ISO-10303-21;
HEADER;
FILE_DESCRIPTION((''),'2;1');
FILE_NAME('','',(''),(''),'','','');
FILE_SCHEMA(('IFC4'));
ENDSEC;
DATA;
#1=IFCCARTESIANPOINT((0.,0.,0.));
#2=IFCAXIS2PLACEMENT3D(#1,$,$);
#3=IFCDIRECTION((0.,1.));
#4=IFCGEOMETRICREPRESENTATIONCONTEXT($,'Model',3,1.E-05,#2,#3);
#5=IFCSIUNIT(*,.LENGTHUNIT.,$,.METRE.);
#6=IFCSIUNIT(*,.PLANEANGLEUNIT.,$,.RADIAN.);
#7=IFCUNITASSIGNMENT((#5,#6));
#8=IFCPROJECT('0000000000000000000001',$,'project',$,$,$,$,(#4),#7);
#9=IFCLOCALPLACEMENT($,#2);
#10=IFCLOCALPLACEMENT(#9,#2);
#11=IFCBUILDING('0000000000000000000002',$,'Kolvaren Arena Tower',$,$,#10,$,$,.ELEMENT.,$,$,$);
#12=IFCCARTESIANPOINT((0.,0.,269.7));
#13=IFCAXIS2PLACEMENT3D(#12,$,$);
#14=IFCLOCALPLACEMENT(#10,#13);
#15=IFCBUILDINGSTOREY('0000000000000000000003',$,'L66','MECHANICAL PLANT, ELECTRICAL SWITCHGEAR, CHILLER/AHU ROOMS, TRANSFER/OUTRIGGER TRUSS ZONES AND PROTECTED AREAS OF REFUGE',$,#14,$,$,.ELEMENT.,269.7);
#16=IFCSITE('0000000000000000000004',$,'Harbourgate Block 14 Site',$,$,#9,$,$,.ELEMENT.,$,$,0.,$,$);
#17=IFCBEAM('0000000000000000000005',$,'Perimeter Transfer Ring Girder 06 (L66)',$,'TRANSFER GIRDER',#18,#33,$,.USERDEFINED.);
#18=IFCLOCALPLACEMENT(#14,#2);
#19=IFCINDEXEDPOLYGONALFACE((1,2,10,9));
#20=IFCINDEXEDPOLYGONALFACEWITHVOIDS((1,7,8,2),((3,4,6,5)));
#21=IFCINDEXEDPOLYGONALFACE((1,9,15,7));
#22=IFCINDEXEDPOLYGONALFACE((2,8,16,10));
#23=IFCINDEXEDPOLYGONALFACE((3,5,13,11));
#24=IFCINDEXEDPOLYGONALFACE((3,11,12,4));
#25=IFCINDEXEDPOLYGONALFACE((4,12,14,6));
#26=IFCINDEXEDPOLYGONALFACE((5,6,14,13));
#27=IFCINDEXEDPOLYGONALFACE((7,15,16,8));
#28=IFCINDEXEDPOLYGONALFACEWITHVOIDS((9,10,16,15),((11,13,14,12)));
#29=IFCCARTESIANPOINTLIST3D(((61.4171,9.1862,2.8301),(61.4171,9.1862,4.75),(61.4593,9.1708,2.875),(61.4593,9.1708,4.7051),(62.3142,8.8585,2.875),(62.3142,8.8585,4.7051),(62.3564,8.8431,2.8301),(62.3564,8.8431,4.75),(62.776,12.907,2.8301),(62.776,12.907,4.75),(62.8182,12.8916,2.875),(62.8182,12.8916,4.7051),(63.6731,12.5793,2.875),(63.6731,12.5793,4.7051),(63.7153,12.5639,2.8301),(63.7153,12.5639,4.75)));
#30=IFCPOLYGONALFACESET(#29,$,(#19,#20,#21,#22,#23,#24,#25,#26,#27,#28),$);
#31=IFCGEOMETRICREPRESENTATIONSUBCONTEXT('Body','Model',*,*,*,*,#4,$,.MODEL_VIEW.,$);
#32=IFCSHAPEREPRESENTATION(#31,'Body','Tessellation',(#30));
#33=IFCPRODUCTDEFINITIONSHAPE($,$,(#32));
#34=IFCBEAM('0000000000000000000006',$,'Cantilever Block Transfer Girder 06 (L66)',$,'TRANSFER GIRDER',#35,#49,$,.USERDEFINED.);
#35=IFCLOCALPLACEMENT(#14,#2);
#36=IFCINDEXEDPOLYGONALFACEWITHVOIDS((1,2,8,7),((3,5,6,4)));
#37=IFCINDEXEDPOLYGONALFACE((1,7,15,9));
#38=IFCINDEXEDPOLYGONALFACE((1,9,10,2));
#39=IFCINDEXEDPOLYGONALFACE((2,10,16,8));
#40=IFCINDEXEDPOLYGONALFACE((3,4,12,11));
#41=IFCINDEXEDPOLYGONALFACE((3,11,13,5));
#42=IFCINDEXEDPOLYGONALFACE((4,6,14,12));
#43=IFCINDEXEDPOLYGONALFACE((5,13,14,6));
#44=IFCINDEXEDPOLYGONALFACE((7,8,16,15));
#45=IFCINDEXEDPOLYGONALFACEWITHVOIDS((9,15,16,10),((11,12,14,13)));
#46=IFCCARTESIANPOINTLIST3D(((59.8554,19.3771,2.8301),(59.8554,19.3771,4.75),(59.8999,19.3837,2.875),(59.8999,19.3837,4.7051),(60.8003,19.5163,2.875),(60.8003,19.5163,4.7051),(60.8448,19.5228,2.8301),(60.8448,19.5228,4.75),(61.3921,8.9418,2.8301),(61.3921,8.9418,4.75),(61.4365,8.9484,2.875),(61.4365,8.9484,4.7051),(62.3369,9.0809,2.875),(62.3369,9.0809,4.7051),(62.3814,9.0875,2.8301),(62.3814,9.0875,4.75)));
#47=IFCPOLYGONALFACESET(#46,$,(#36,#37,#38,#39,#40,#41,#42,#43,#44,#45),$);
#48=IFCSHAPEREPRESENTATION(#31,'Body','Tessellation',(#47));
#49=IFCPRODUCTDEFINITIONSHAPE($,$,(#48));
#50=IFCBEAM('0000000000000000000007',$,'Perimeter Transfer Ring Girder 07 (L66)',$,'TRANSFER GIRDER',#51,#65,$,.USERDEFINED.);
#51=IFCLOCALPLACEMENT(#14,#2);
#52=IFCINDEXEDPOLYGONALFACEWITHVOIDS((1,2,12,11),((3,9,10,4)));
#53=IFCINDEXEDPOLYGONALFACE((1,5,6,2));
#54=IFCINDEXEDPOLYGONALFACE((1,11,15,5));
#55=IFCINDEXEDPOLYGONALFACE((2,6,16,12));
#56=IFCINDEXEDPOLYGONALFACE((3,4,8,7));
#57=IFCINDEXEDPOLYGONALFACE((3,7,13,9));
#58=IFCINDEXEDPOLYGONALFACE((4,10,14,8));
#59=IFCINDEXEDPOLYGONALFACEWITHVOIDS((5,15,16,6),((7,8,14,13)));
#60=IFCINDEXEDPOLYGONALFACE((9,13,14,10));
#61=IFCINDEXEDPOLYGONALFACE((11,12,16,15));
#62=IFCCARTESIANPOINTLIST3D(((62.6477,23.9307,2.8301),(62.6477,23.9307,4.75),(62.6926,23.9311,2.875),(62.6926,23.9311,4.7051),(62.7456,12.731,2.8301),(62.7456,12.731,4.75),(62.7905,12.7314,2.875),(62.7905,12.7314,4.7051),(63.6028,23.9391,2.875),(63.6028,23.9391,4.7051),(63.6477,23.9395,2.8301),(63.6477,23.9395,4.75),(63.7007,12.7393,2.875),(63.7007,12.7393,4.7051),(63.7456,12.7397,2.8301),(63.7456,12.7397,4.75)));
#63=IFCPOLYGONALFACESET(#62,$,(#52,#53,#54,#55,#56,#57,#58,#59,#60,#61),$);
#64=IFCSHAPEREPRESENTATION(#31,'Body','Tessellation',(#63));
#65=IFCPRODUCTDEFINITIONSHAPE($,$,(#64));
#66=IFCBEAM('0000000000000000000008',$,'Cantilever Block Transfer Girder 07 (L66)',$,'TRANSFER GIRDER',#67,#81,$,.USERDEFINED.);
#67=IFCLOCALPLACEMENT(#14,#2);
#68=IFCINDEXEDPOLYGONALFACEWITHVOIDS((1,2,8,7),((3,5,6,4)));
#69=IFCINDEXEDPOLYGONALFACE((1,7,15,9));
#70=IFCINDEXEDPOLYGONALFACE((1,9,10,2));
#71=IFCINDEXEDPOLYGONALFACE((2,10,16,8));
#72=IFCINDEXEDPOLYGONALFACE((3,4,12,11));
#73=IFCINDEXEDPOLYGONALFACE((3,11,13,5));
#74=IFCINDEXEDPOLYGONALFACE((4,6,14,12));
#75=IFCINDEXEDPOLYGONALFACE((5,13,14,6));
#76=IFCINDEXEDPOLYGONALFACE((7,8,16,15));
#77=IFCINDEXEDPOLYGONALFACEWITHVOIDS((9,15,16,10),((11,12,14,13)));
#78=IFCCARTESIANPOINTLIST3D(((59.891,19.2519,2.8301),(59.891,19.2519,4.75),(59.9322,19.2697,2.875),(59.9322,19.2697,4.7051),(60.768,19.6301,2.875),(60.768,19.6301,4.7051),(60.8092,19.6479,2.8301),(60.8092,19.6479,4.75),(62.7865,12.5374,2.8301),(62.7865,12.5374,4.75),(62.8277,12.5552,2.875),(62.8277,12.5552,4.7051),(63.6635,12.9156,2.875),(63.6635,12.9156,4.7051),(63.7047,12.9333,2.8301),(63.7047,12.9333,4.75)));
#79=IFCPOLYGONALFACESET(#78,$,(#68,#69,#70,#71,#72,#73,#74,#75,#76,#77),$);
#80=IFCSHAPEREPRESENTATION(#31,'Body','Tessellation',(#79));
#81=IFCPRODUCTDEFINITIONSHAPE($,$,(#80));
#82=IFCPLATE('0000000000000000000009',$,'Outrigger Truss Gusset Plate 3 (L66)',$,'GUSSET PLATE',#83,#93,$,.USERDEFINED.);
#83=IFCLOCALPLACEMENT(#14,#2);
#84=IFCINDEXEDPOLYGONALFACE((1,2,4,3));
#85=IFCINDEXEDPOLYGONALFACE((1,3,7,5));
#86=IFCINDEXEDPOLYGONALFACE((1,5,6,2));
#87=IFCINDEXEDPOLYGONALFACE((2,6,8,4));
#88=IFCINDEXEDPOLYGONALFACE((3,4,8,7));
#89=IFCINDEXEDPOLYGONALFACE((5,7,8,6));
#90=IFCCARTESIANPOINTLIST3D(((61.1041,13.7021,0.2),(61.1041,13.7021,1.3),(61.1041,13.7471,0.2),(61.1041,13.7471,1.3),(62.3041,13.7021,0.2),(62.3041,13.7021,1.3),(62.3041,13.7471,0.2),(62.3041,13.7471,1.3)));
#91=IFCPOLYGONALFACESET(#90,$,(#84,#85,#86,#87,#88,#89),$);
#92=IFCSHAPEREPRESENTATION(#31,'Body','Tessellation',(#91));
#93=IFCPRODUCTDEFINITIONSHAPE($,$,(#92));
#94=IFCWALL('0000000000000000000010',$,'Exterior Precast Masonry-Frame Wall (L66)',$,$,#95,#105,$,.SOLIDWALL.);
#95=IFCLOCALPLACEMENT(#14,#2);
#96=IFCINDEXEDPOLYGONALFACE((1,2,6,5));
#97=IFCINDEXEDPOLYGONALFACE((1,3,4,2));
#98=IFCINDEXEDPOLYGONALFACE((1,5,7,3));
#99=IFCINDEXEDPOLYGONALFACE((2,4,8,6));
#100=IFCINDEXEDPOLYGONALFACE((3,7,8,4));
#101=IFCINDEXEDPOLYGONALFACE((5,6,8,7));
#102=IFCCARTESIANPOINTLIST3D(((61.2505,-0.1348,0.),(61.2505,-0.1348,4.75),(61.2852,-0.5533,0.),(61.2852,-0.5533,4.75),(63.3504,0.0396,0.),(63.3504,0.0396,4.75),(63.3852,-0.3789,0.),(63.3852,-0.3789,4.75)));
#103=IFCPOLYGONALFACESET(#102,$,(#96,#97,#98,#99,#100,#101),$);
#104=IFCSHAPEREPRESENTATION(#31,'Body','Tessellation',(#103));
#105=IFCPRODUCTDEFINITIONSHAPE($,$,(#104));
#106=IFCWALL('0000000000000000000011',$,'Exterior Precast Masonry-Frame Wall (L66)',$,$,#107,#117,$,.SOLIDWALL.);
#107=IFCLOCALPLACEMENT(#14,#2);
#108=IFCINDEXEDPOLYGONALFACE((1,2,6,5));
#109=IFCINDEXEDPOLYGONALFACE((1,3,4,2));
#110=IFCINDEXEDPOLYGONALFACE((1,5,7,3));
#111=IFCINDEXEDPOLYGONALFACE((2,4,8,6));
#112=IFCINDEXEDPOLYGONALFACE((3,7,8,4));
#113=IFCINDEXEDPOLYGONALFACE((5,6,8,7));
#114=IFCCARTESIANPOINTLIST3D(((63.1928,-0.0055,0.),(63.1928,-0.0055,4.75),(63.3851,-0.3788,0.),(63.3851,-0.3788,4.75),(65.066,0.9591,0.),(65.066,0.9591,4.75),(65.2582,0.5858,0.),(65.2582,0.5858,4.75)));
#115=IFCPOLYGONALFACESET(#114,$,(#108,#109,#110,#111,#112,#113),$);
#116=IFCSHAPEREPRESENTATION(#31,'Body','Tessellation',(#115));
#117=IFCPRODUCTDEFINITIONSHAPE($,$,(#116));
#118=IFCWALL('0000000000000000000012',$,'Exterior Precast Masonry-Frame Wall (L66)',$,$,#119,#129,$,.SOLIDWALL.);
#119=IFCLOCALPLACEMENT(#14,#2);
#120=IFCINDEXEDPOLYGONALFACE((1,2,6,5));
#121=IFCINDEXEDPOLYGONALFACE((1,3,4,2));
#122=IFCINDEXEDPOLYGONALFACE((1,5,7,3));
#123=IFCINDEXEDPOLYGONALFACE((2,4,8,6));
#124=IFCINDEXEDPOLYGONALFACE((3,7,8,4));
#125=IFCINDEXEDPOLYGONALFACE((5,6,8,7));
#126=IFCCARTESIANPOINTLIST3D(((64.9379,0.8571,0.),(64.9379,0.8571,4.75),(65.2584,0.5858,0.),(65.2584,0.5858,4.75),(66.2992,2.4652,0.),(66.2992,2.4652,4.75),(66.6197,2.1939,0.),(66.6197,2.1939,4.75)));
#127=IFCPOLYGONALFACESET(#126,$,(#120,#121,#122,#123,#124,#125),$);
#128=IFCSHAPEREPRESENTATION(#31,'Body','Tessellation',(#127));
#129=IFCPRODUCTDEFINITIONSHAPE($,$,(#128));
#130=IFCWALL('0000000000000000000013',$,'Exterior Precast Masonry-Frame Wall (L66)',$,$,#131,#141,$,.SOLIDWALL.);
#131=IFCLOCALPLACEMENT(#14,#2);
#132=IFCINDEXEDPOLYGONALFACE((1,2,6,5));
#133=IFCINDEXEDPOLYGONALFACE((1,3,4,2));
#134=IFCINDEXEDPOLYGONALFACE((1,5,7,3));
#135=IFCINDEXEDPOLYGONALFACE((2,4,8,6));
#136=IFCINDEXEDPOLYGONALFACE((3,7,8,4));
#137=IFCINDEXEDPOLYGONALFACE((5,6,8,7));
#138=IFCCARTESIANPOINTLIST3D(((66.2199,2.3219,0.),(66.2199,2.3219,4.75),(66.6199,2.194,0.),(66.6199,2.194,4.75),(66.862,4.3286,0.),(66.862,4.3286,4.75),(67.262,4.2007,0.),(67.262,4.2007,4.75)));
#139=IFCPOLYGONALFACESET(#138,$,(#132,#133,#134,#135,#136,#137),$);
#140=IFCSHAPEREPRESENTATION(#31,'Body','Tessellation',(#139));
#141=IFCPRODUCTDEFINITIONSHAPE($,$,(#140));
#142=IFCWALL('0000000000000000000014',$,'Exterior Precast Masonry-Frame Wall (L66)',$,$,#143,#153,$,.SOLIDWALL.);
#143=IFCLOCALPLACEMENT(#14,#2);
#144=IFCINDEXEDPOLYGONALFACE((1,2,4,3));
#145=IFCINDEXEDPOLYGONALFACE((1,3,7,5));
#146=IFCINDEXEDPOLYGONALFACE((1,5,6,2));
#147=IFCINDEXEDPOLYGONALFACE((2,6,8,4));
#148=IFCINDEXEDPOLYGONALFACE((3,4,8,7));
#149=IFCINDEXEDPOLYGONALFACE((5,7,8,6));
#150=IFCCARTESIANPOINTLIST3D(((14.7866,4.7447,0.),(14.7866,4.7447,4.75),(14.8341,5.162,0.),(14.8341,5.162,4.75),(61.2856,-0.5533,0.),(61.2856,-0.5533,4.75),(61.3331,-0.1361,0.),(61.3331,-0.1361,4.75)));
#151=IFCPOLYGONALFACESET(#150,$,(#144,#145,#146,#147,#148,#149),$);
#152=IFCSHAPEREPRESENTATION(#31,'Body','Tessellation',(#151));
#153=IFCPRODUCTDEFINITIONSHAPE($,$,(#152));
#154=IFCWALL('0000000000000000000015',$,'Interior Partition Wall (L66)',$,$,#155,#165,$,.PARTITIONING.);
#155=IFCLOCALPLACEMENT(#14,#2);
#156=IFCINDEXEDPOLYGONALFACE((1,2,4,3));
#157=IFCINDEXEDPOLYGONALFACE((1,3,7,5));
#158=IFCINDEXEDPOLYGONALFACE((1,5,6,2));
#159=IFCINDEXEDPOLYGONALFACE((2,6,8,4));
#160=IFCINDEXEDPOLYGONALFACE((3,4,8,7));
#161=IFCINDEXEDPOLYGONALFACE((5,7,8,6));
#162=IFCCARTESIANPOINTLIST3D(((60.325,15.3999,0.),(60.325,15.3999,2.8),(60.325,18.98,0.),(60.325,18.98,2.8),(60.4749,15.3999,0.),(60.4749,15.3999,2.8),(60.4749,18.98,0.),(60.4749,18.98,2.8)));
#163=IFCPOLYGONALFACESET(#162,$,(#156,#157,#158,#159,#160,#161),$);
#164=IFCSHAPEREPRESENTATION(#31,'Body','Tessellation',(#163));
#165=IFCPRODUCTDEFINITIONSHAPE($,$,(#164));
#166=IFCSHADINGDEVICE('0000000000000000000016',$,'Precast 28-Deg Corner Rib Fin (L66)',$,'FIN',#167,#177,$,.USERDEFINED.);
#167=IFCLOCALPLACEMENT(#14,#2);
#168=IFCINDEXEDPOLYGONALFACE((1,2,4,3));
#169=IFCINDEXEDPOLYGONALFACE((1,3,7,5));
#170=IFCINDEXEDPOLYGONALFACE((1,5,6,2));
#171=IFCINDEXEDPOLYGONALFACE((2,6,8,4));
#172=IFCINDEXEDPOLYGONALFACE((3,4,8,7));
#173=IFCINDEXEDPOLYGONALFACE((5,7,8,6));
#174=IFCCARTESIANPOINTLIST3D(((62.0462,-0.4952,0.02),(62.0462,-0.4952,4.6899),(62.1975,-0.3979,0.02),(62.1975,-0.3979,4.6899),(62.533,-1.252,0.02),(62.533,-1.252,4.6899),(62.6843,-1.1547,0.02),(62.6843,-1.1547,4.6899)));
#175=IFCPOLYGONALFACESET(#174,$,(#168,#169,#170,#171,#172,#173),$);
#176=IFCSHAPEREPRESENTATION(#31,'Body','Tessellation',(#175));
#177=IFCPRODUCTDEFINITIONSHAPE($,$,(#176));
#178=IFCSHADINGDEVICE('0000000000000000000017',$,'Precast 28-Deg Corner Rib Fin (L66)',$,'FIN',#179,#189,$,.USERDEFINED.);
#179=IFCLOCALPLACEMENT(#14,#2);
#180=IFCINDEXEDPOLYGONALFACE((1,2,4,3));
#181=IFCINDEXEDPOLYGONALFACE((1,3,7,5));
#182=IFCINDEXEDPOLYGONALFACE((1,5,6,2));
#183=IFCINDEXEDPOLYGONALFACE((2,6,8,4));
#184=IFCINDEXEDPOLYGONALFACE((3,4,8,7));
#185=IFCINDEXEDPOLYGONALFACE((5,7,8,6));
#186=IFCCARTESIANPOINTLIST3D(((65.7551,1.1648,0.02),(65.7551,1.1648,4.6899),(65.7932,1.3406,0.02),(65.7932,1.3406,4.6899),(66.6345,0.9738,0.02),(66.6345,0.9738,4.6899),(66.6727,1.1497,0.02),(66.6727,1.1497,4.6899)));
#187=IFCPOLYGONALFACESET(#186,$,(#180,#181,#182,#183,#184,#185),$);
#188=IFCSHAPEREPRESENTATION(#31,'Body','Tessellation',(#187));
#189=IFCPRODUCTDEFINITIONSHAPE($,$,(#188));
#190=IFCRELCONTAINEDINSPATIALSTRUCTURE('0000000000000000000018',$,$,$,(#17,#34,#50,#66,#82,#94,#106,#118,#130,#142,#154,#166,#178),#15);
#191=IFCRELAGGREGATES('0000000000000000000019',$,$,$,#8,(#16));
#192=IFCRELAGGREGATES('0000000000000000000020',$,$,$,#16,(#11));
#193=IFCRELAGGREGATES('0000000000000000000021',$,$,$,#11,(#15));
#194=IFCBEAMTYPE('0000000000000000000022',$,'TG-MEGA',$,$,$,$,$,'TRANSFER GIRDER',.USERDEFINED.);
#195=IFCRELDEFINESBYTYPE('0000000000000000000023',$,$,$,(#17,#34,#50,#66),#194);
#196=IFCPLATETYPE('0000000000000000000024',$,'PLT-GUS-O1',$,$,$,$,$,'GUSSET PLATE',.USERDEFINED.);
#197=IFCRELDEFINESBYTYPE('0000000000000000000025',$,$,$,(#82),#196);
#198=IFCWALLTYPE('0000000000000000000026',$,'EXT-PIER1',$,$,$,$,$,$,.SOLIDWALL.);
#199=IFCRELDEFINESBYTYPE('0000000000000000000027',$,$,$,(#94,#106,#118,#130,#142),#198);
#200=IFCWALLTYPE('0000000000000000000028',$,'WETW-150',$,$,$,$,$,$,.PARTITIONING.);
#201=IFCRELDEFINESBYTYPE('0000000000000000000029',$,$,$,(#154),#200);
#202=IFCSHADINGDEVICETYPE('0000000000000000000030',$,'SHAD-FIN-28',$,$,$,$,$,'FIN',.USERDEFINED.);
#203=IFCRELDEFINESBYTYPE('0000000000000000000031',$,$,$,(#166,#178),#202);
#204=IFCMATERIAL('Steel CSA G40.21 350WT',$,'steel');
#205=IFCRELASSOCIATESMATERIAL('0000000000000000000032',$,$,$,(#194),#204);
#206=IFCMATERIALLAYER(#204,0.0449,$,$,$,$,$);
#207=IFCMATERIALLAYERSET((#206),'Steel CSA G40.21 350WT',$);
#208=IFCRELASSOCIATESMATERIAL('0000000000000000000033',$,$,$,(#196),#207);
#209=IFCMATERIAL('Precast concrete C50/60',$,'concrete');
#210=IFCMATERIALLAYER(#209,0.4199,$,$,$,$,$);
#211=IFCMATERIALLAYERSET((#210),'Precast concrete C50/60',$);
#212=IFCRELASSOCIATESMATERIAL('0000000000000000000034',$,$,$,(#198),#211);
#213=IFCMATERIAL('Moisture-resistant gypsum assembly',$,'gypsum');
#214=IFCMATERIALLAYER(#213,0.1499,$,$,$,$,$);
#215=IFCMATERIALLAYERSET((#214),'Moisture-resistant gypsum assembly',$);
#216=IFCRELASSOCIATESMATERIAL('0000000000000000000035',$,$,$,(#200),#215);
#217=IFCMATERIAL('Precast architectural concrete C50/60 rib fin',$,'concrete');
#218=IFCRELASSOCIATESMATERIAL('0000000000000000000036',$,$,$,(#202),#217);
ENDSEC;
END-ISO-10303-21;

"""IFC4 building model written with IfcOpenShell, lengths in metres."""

from ifc_helpers import new_model, si_unit, direction, frame, frame_2d, origin, origin_2d, place, context, subcontext, project, spatial, rectangle, hollow_rectangle, extrude, material, layer, layer_set, material_profile, profile_set, type_object, element, save


model = new_model("IFC4")

# Units and contexts
model_context = context("Model", 3, precision=1e-05, world=origin(), true_north=direction((0.0, 1.0)))
body_context = subcontext(model_context, "Body", "Model", "MODEL_VIEW")
ifc_project = project(units=[si_unit("LENGTHUNIT", "METRE"), si_unit("PLANEANGLEUNIT", "RADIAN")], contexts=[model_context])

# Site, building, storey
site_placement = place(None, origin())
site = spatial("IfcSite", under=ifc_project, at=site_placement, Name="Harbourgate Block 14 Site", CompositionType="ELEMENT", RefElevation=0.0)
building_placement = place(site_placement, origin())
building = spatial("IfcBuilding", under=site, at=building_placement, Name="Kolvaren Arena Tower", CompositionType="ELEMENT")
storey_placement = place(building_placement, frame((0.0, 0.0, 269.7)))
storey = spatial("IfcBuildingStorey", under=building, at=storey_placement, Name="L66", Description="MECHANICAL PLANT, ELECTRICAL SWITCHGEAR, CHILLER/AHU ROOMS, TRANSFER/OUTRIGGER TRUSS ZONES AND PROTECTED AREAS OF REFUGE", CompositionType="ELEMENT", Elevation=269.7)

# Shared definitions
ifc_material_1 = material(Name="Steel CSA G40.21 350WT", Category="steel")

# Beams
ifc_material_profile_1 = material_profile(ifc_material_1, hollow_rectangle(XDim=1.0, YDim=1.9199, WallThickness=0.0449, at=origin_2d()), Name="BOX 1000x1920x45")
ifc_profile_set_1 = profile_set([ifc_material_profile_1], Name="Steel CSA G40.21 350WT")
beam_type_1 = type_object("IfcBeamType", Name="TG-MEGA", ElementType="TRANSFER GIRDER", PredefinedType="USERDEFINED", material=ifc_profile_set_1)
beam_1_placement = place(storey_placement, frame((61.8867, 9.0146, 3.79), z_axis=(0.343059, 0.939314, 0.0), x_axis=(-0.939314, 0.343059, 0.0)))
element("IfcBeam", 1, at=beam_1_placement, inside=storey, type_object=beam_type_1, Name="Perimeter Transfer Ring Girder 06 (L66)", ObjectType="TRANSFER GIRDER", PredefinedType="USERDEFINED", context=body_context, shape_type="SweptSolid", body=[
    extrude(hollow_rectangle(XDim=1.0, YDim=1.9199, WallThickness=0.0449, at=origin_2d()), origin(), (0.0, 0.0, 1.0), 3.9612),
])
beam_2_placement = place(storey_placement, frame((61.8867, 9.0146, 3.79), z_axis=(-0.145681, 0.989332, 0.0), x_axis=(-0.989332, -0.145681, 0.0)))
element("IfcBeam", 2, at=beam_2_placement, inside=storey, type_object=beam_type_1, Name="Cantilever Block Transfer Girder 06 (L66)", ObjectType="TRANSFER GIRDER", PredefinedType="USERDEFINED", context=body_context, shape_type="SweptSolid", body=[
    extrude(hollow_rectangle(XDim=1.0, YDim=1.9199, WallThickness=0.0449, at=origin_2d()), origin(), (0.0, 0.0, 1.0), 10.5479),
])
beam_3_placement = place(storey_placement, frame((63.2456, 12.7354, 3.79), z_axis=(-0.008741, 0.999962, 0.0), x_axis=(-0.999962, -0.008741, 0.0)))
element("IfcBeam", 3, at=beam_3_placement, inside=storey, type_object=beam_type_1, Name="Perimeter Transfer Ring Girder 07 (L66)", ObjectType="TRANSFER GIRDER", PredefinedType="USERDEFINED", context=body_context, shape_type="SweptSolid", body=[
    extrude(hollow_rectangle(XDim=1.0, YDim=1.9199, WallThickness=0.0449, at=origin_2d()), origin(), (0.0, 0.0, 1.0), 11.2002),
])
beam_4_placement = place(storey_placement, frame((63.2456, 12.7354, 3.79), z_axis=(-0.395977, 0.91826, 0.0), x_axis=(-0.91826, -0.395977, 0.0)))
element("IfcBeam", 4, at=beam_4_placement, inside=storey, type_object=beam_type_1, Name="Cantilever Block Transfer Girder 07 (L66)", ObjectType="TRANSFER GIRDER", PredefinedType="USERDEFINED", context=body_context, shape_type="SweptSolid", body=[
    extrude(hollow_rectangle(XDim=1.0, YDim=1.9199, WallThickness=0.0449, at=origin_2d()), origin(), (0.0, 0.0, 1.0), 7.3123),
])

# Plate
ifc_layer_1 = layer(ifc_material_1, 0.0449)
ifc_layer_set_1 = layer_set([ifc_layer_1], Name="Steel CSA G40.21 350WT")
plate_type = type_object("IfcPlateType", Name="PLT-GUS-O1", ElementType="GUSSET PLATE", PredefinedType="USERDEFINED", material=ifc_layer_set_1)
plate_placement = place(storey_placement, frame((61.7041, 13.7246, 0.2), z_axis=(0.0, 0.0, 1.0), x_axis=(1.0, 0.0, 0.0)))
element("IfcPlate", 5, at=plate_placement, inside=storey, type_object=plate_type, Name="Outrigger Truss Gusset Plate 3 (L66)", ObjectType="GUSSET PLATE", PredefinedType="USERDEFINED", context=body_context, shape_type="SweptSolid", body=[
    extrude(rectangle(XDim=1.2, YDim=0.0449, at=origin_2d()), origin(), (0.0, 0.0, 1.0), 1.1001),
])

# Walls
ifc_material_2 = material(Name="Precast concrete C50/60", Category="concrete")
ifc_layer_2 = layer(ifc_material_2, 0.4199)
ifc_layer_set_2 = layer_set([ifc_layer_2], Name="Precast concrete C50/60")
wall_type_1 = type_object("IfcWallType", Name="EXT-PIER1", PredefinedType="SOLIDWALL", material=ifc_layer_set_2)
wall_1_placement = place(storey_placement, frame((63.3679, -0.1697, 0.0), z_axis=(0.0, 0.0, 1.0), x_axis=(-0.996572, -0.082729, 0.0)))
element("IfcWall", 6, at=wall_1_placement, inside=storey, type_object=wall_type_1, Name="Exterior Precast Masonry-Frame Wall (L66)", PredefinedType="SOLIDWALL", context=body_context, shape_type="SweptSolid", body=[
    extrude(rectangle(XDim=2.1072, YDim=0.4199, at=frame_2d((1.0537, 0.0))), origin(), (0.0, 0.0, 1.0), 4.75),
])
for number, where, z_axis, x_axis, name in (
    (7, (65.1621, 0.7725, 0.0), (0.0, 0.0, 1.0), (-0.889033, -0.457843, 0.0), "Exterior Precast Masonry-Frame Wall (L66)"),
    (8, (66.4595, 2.3296, 0.0), (0.0, 0.0, 1.0), (-0.646103, -0.76325, 0.0), "Exterior Precast Masonry-Frame Wall (L66)"),
    (9, (67.062, 4.2646, 0.0), (0.0, 0.0, 1.0), (-0.304767, -0.952427, 0.0), "Exterior Precast Masonry-Frame Wall (L66)"),
):
    element("IfcWall", number, at=place(storey_placement, frame(where, z_axis=z_axis, x_axis=x_axis)), inside=storey, type_object=wall_type_1, Name=name, PredefinedType="SOLIDWALL", context=body_context, shape_type="SweptSolid", body=[
        extrude(rectangle(XDim=2.1069, YDim=0.4199, at=frame_2d((1.0535, 0.0))), origin(), (0.0, 0.0, 1.0), 4.75),
    ])
wall_2_placement = place(storey_placement, frame((61.3093, -0.3447, 0.0), z_axis=(0.0, 0.0, 1.0), x_axis=(-0.993571, 0.113207, 0.0)))
element("IfcWall", 10, at=wall_2_placement, inside=storey, type_object=wall_type_1, Name="Exterior Precast Masonry-Frame Wall (L66)", PredefinedType="SOLIDWALL", context=body_context, shape_type="SweptSolid", body=[
    extrude(rectangle(XDim=46.7998, YDim=0.4199, at=frame_2d((23.3999, 0.0))), origin(), (0.0, 0.0, 1.0), 4.75),
])
ifc_material_3 = material(Name="Moisture-resistant gypsum assembly", Category="gypsum")
ifc_layer_3 = layer(ifc_material_3, 0.1499)
ifc_layer_set_3 = layer_set([ifc_layer_3], Name="Moisture-resistant gypsum assembly")
wall_type_2 = type_object("IfcWallType", Name="WETW-150", PredefinedType="PARTITIONING", material=ifc_layer_set_3)
wall_3_placement = place(storey_placement, frame((60.3999, 15.3999, 0.0), z_axis=(0.0, 0.0, 1.0), x_axis=(0.0, 1.0, 0.0)))
element("IfcWall", 11, at=wall_3_placement, inside=storey, type_object=wall_type_2, Name="Interior Partition Wall (L66)", PredefinedType="PARTITIONING", context=body_context, shape_type="SweptSolid", body=[
    extrude(rectangle(XDim=3.5801, YDim=0.1499, at=frame_2d((1.79, 0.0))), origin(), (0.0, 0.0, 1.0), 2.8),
])

# Shading devices
ifc_material_4 = material(Name="Precast architectural concrete C50/60 rib fin", Category="concrete")
shading_device_type = type_object("IfcShadingDeviceType", Name="SHAD-FIN-28", ElementType="FIN", PredefinedType="USERDEFINED", material=ifc_material_4)
for number, where, z_axis, x_axis, name in (
    (12, (62.3652, -0.825, 0.02), (0.0, 0.0, 1.0), (0.540982, -0.841034, 0.0), "Precast 28-Deg Corner Rib Fin (L66)"),
    (13, (66.2139, 1.1572, 0.02), (0.0, 0.0, 1.0), (0.977234, -0.212162, 0.0), "Precast 28-Deg Corner Rib Fin (L66)"),
):
    element("IfcShadingDevice", number, at=place(storey_placement, frame(where, z_axis=z_axis, x_axis=x_axis)), inside=storey, type_object=shading_device_type, Name=name, ObjectType="FIN", PredefinedType="USERDEFINED", context=body_context, shape_type="SweptSolid", body=[
        extrude(rectangle(XDim=0.8999, YDim=0.1799, at=origin_2d()), origin(), (0.0, 0.0, 1.0), 4.6699),
    ])

save(model, "model.ifc")
